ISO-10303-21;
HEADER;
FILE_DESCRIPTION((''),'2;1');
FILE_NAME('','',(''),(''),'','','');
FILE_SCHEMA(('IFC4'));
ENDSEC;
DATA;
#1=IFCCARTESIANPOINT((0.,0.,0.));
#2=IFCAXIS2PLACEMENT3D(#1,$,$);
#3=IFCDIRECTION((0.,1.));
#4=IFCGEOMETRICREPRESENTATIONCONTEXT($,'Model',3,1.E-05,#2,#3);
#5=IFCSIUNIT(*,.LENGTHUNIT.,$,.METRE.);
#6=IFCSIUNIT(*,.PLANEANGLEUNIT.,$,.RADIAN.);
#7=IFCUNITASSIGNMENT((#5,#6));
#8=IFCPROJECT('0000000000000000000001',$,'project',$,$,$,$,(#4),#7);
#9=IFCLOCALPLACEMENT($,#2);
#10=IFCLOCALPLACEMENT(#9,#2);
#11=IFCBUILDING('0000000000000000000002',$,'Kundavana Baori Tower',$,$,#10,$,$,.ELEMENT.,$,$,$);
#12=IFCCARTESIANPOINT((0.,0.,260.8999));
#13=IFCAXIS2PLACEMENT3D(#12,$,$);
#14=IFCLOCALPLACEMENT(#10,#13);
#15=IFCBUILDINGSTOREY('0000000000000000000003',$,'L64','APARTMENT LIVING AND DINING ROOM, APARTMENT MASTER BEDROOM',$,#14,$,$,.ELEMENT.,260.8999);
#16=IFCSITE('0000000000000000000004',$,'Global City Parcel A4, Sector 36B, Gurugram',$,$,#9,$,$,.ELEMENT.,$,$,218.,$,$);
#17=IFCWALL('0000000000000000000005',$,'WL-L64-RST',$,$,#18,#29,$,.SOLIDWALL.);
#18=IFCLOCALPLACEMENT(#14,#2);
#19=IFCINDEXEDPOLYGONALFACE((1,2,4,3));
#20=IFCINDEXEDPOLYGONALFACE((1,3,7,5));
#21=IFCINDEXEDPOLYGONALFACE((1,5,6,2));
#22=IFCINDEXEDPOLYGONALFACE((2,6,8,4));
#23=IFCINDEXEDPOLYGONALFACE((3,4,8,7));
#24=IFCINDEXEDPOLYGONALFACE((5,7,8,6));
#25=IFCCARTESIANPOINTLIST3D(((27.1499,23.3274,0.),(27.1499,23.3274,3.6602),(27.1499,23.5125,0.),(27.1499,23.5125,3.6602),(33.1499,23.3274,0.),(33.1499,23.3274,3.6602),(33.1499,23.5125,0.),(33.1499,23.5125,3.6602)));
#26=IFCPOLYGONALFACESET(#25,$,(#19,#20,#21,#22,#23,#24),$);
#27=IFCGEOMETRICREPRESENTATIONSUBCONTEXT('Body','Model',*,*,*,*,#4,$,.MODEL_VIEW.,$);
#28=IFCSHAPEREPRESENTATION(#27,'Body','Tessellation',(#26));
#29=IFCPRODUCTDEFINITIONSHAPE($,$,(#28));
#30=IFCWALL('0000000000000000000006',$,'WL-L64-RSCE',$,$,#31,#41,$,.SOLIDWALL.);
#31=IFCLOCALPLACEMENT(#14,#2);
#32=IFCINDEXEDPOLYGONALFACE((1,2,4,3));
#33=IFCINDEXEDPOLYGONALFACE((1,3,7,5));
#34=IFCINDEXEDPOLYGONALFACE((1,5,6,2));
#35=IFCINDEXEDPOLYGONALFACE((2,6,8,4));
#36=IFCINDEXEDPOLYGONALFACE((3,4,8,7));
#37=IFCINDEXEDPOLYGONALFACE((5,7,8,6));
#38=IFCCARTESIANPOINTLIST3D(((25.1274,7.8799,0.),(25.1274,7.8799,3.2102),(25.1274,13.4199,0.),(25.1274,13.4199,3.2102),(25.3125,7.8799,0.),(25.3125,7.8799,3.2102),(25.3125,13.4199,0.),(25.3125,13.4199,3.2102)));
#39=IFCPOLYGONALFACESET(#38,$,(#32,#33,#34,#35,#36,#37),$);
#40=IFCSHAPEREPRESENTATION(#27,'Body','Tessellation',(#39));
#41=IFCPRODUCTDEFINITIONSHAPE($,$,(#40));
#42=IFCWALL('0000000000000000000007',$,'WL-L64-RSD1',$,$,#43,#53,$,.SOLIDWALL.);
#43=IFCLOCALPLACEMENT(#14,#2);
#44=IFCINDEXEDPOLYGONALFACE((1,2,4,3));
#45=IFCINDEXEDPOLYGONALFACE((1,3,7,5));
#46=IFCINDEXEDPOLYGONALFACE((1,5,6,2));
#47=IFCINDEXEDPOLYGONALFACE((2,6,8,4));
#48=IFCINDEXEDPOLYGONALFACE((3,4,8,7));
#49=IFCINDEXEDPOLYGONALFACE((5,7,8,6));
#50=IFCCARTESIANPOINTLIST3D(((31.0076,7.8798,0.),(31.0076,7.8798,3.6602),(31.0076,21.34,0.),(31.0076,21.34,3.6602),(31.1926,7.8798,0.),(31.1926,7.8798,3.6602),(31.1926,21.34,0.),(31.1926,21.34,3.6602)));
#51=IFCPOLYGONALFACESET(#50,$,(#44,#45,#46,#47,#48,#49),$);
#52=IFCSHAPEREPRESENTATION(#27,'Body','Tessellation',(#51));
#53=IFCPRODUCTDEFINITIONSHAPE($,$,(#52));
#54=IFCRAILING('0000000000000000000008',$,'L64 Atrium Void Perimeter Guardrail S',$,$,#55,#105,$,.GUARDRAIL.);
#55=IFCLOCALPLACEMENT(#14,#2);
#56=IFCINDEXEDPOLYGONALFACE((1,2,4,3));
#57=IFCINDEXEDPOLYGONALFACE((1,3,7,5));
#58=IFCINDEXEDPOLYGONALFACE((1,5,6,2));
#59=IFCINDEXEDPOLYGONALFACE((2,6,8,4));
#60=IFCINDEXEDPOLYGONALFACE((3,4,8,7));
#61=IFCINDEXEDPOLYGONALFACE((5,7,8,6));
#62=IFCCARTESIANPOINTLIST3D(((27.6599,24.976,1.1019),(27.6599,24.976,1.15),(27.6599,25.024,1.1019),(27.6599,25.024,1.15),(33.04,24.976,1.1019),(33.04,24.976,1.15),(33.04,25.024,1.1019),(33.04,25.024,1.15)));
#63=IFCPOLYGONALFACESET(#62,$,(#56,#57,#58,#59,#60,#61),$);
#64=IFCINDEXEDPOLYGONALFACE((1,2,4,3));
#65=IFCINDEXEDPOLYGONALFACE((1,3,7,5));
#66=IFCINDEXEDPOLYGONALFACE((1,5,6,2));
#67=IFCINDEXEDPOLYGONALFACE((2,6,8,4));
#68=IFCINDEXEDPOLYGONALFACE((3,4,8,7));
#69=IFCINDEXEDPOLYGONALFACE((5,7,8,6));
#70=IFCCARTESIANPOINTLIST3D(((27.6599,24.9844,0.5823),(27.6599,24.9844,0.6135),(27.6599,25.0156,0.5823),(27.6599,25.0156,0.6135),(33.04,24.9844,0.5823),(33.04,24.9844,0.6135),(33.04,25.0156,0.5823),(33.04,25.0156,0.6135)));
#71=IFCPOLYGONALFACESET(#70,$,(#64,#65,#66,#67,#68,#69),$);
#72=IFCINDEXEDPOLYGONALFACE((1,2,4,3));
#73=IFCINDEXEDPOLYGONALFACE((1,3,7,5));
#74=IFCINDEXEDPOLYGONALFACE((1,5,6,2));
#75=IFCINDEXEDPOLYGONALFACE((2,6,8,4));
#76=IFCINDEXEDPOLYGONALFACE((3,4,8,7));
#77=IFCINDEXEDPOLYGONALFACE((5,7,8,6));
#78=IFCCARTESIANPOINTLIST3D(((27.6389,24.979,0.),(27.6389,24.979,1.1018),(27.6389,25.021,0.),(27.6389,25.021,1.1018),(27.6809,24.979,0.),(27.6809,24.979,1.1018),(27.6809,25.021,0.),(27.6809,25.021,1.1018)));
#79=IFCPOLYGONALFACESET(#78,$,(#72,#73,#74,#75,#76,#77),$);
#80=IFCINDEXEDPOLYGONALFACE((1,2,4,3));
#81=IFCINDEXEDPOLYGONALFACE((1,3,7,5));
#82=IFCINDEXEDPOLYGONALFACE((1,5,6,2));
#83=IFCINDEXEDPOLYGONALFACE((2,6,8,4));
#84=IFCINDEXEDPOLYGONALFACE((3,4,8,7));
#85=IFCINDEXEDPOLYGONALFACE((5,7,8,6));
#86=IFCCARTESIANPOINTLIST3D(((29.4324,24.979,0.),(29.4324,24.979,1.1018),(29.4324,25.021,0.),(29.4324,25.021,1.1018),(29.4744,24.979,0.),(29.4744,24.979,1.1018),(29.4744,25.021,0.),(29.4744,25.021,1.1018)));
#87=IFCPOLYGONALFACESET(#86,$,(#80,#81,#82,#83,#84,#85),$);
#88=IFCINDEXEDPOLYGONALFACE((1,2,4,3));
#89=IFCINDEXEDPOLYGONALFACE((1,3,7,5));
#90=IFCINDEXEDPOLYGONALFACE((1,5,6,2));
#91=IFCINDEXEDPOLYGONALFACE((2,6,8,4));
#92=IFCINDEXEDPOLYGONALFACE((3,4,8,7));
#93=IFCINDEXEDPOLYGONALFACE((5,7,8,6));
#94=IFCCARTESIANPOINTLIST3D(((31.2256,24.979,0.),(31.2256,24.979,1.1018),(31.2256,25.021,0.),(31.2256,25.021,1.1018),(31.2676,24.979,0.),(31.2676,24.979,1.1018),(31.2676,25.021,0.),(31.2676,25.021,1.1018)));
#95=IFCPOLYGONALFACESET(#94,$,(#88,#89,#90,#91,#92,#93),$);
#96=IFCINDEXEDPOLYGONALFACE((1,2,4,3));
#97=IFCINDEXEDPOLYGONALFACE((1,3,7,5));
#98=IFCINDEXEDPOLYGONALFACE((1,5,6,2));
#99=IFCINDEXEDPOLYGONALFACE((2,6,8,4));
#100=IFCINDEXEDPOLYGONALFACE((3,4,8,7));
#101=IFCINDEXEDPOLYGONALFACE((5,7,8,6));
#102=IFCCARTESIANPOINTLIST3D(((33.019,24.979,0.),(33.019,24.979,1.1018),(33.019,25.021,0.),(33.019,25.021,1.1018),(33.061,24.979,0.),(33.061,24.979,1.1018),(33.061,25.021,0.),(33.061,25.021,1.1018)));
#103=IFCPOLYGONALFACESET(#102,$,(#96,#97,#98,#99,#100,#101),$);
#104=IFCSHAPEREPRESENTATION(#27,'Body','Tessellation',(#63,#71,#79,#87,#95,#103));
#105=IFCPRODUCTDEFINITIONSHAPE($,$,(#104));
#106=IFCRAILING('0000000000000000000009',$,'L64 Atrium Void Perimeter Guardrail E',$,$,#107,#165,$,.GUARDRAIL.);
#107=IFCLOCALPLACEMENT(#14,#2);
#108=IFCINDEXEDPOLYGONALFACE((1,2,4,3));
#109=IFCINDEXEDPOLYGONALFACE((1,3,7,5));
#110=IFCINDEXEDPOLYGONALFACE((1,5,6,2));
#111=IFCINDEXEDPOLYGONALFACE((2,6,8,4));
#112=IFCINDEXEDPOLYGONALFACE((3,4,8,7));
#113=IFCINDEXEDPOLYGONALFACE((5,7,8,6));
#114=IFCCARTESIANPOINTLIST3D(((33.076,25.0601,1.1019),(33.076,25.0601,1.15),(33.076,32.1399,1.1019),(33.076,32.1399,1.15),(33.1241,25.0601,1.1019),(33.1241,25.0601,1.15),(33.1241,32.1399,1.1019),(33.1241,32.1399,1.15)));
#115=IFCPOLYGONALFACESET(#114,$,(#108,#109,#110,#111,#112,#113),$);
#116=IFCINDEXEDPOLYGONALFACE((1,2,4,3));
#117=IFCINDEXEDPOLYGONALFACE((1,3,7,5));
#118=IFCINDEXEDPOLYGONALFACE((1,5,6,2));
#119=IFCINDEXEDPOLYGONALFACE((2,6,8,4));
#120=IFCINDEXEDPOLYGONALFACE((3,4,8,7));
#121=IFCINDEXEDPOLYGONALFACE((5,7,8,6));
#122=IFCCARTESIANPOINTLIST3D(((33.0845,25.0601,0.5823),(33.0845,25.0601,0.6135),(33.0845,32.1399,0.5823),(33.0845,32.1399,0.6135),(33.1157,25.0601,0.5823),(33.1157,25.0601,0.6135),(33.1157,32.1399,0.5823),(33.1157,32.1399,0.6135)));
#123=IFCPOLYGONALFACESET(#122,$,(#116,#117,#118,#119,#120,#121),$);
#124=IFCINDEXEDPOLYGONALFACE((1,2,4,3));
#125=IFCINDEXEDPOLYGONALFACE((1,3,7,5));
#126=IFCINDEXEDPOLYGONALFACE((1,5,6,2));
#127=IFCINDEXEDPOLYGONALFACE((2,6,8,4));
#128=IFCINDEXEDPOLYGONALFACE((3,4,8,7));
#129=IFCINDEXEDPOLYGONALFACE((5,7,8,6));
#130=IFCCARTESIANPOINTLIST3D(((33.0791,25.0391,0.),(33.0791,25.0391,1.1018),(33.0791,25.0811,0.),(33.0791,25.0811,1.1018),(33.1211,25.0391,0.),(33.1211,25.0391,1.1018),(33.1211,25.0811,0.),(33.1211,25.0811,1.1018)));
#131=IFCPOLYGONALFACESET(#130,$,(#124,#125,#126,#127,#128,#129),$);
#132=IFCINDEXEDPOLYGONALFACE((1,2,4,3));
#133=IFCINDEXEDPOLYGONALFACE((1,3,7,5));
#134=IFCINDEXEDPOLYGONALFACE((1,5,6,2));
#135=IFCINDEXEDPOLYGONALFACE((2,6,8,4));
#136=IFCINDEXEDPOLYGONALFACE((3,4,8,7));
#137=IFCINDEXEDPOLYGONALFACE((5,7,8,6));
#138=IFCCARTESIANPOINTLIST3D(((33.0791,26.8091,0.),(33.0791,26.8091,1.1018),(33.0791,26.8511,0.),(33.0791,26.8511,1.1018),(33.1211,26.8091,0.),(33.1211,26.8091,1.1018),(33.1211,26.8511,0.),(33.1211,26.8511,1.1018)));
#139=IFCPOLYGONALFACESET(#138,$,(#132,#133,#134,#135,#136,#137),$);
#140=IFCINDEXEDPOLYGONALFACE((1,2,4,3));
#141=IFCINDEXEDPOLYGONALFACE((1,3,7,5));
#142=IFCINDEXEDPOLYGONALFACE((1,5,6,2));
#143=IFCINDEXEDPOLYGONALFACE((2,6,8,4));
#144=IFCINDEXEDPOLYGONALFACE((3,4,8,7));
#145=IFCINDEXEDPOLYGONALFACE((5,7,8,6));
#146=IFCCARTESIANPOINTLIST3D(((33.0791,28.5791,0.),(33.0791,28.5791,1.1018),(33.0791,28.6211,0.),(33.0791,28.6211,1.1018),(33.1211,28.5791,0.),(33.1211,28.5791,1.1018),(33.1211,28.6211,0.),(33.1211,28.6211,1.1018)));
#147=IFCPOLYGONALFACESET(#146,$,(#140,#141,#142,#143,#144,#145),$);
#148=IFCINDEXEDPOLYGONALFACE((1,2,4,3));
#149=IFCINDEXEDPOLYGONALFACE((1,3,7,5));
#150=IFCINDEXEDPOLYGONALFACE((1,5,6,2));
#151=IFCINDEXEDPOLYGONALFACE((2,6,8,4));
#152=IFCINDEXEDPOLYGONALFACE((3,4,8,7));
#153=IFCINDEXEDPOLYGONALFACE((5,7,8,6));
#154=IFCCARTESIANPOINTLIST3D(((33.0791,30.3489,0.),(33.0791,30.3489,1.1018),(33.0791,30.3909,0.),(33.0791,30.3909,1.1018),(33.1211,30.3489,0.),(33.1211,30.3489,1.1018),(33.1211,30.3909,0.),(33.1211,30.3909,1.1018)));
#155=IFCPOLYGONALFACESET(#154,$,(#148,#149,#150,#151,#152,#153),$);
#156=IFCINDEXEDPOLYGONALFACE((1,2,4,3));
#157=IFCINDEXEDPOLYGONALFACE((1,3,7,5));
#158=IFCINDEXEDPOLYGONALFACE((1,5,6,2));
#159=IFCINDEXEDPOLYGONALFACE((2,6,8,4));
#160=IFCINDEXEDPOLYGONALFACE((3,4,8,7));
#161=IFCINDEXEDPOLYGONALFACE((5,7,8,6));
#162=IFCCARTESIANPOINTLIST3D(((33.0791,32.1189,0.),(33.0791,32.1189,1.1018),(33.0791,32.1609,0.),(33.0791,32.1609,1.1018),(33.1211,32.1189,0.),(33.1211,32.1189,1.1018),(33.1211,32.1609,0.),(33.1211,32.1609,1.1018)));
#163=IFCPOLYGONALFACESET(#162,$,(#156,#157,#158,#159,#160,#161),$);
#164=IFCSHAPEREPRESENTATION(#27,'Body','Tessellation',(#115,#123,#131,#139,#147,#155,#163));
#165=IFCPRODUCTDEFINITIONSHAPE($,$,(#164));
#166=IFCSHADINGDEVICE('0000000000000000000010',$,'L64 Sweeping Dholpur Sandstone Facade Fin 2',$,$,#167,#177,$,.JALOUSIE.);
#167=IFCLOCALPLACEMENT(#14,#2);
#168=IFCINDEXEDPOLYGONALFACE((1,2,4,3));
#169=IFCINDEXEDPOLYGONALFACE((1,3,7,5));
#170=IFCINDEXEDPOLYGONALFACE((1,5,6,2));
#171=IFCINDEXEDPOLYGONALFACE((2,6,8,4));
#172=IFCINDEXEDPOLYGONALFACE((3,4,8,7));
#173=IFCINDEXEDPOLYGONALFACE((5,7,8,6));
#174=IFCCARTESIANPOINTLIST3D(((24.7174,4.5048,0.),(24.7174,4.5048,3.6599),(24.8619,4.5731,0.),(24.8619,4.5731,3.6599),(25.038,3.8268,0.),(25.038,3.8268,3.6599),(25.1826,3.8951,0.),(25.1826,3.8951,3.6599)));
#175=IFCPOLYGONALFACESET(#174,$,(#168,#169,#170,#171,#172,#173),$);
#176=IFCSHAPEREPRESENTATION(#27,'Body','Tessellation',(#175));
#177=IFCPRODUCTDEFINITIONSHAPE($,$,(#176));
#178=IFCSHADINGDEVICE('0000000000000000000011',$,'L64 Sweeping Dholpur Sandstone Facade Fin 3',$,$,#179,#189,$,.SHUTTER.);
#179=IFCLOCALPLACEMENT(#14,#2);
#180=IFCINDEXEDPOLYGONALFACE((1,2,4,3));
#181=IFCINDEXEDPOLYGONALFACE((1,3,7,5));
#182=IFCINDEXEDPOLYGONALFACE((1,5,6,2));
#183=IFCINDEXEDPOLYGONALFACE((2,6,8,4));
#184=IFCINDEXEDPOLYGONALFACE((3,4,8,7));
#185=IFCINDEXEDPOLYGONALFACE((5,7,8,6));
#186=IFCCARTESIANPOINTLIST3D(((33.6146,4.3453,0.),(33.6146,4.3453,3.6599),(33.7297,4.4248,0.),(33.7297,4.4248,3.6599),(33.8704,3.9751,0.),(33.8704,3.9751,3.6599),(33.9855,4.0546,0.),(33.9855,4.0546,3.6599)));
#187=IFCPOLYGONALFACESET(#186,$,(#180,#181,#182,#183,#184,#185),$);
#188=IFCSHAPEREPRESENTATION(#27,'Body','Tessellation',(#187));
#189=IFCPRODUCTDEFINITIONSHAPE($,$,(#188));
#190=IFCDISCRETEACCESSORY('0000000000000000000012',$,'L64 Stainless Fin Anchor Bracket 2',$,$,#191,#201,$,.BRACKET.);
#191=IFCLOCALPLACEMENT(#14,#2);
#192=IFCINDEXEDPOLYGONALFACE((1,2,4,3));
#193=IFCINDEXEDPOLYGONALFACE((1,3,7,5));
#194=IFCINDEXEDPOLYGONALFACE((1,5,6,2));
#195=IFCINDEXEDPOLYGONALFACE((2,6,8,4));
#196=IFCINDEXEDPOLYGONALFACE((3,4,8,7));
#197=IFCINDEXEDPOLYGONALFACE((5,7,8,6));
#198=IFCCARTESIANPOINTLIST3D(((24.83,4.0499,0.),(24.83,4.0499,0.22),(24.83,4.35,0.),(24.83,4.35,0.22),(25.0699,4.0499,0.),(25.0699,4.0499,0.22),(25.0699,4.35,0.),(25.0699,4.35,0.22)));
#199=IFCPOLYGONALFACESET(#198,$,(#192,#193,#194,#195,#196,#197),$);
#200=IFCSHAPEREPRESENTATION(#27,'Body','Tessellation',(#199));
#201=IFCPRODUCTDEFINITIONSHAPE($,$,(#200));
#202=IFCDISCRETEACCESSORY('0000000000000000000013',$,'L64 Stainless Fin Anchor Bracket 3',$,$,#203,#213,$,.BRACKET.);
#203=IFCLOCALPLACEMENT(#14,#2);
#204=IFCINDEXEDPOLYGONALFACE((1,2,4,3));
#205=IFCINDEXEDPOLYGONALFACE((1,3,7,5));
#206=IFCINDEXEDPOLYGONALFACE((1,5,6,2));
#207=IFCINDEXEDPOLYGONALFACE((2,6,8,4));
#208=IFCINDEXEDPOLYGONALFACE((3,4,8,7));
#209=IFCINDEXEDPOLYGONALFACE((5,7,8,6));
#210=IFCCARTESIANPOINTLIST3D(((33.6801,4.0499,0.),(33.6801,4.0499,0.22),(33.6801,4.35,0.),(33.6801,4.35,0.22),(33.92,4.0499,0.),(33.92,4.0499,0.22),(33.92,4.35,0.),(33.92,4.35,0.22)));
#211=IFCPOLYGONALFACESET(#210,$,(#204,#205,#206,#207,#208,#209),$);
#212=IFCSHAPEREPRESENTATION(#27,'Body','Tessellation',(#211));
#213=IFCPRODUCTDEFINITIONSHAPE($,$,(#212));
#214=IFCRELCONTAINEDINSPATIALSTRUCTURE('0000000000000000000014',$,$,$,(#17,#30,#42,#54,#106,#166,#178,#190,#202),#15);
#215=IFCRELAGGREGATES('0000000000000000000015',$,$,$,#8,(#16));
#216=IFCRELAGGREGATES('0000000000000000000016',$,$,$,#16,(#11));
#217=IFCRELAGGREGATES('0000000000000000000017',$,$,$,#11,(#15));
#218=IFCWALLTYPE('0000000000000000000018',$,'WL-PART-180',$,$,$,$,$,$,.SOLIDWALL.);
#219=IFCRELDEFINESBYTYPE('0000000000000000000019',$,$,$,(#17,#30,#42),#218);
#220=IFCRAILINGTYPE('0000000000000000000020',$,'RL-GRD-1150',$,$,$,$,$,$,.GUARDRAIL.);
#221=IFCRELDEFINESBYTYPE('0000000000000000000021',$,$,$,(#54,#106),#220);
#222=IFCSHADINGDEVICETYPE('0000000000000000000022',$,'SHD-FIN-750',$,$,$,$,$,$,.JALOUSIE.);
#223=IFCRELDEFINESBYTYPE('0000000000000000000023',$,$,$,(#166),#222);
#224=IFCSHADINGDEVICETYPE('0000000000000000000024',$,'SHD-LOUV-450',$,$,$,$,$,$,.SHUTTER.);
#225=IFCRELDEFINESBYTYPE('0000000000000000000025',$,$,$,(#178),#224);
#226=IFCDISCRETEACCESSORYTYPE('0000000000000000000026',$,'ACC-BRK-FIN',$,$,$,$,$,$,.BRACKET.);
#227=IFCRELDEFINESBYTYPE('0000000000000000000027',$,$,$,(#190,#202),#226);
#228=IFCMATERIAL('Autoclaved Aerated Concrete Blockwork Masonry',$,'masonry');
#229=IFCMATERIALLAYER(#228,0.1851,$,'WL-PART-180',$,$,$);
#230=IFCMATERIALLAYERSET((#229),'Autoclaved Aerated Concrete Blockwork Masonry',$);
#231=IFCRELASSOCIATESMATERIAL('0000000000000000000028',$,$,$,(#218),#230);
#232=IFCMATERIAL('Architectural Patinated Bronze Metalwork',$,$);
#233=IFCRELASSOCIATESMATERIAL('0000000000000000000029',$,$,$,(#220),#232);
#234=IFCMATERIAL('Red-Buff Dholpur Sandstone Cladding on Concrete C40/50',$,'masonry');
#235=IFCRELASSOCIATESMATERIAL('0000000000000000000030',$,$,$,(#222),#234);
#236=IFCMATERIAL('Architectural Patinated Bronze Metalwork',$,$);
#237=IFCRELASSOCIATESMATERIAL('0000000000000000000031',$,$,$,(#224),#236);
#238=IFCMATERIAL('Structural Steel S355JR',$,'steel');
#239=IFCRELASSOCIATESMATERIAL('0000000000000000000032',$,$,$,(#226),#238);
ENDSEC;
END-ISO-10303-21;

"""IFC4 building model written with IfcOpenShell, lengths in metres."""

from ifc_helpers import new_model, si_unit, direction, frame, frame_2d, origin, origin_2d, place, context, subcontext, project, spatial, rectangle, extrude, material, layer, layer_set, type_object, element, save


model = new_model("IFC4")

# Units and contexts
model_context = context("Model", 3, precision=1e-05, world=origin(), true_north=direction((0.0, 1.0)))
body_context = subcontext(model_context, "Body", "Model", "MODEL_VIEW")
ifc_project = project(units=[si_unit("LENGTHUNIT", "METRE"), si_unit("PLANEANGLEUNIT", "RADIAN")], contexts=[model_context])

# Site, building, storey
site_placement = place(None, origin())
site = spatial("IfcSite", under=ifc_project, at=site_placement, Name="Global City Parcel A4, Sector 36B, Gurugram", CompositionType="ELEMENT", RefElevation=218.0)
building_placement = place(site_placement, origin())
building = spatial("IfcBuilding", under=site, at=building_placement, Name="Kundavana Baori Tower", CompositionType="ELEMENT")
storey_placement = place(building_placement, frame((0.0, 0.0, 260.8999)))
storey = spatial("IfcBuildingStorey", under=building, at=storey_placement, Name="L64", Description="APARTMENT LIVING AND DINING ROOM, APARTMENT MASTER BEDROOM", CompositionType="ELEMENT", Elevation=260.8999)

# Shared definitions
ifc_material_1 = material(Name="Autoclaved Aerated Concrete Blockwork Masonry", Category="masonry")
ifc_layer = layer(ifc_material_1, 0.1851, Name="WL-PART-180")
ifc_layer_set = layer_set([ifc_layer], Name="Autoclaved Aerated Concrete Blockwork Masonry")
wall_type = type_object("IfcWallType", Name="WL-PART-180", PredefinedType="SOLIDWALL", material=ifc_layer_set)

# Walls
wall_1_placement = place(storey_placement, frame((27.1499, 23.4199, 0.0), z_axis=(0.0, 0.0, 1.0), x_axis=(1.0, 0.0, 0.0)))
element("IfcWall", 1, at=wall_1_placement, inside=storey, type_object=wall_type, Name="WL-L64-RST", PredefinedType="SOLIDWALL", context=body_context, shape_type="SweptSolid", body=[
    extrude(rectangle(XDim=6.0, YDim=0.1851, at=frame_2d((3.0, 0.0))), origin(), (0.0, 0.0, 1.0), 3.6602),
])
wall_2_placement = place(storey_placement, frame((25.22, 7.8799, 0.0), z_axis=(0.0, 0.0, 1.0), x_axis=(0.0, 1.0, 0.0)))
element("IfcWall", 2, at=wall_2_placement, inside=storey, type_object=wall_type, Name="WL-L64-RSCE", PredefinedType="SOLIDWALL", context=body_context, shape_type="SweptSolid", body=[
    extrude(rectangle(XDim=5.54, YDim=0.1851, at=frame_2d((2.77, 0.0))), origin(), (0.0, 0.0, 1.0), 3.2102),
])
wall_3_placement = place(storey_placement, frame((31.1001, 7.8799, 0.0), z_axis=(0.0, 0.0, 1.0), x_axis=(0.0, 1.0, 0.0)))
element("IfcWall", 3, at=wall_3_placement, inside=storey, type_object=wall_type, Name="WL-L64-RSD1", PredefinedType="SOLIDWALL", context=body_context, shape_type="SweptSolid", body=[
    extrude(rectangle(XDim=13.4602, YDim=0.1851, at=frame_2d((6.73, 0.0))), origin(), (0.0, 0.0, 1.0), 3.6602),
])

# Railings
ifc_material_2 = material(Name="Architectural Patinated Bronze Metalwork")
railing_type = type_object("IfcRailingType", Name="RL-GRD-1150", PredefinedType="GUARDRAIL", material=ifc_material_2)
railing_1_placement = place(storey_placement, frame((27.6599, 25.0, 0.0)))
element("IfcRailing", 4, at=railing_1_placement, inside=storey, type_object=railing_type, Name="L64 Atrium Void Perimeter Guardrail S", PredefinedType="GUARDRAIL", context=body_context, shape_type="SweptSolid", body=[
    extrude(rectangle(XDim=0.0481, YDim=0.0481, at=origin_2d()), frame((0.0, 0.0, 1.126), z_axis=(1.0, 0.0, 0.0), x_axis=(0.0, 1.0, 0.0)), (0.0, 0.0, 1.0), 5.3801),
    extrude(rectangle(XDim=0.0312, YDim=0.0312, at=origin_2d()), frame((0.0, 0.0, 0.5979), z_axis=(1.0, 0.0, 0.0), x_axis=(0.0, 1.0, 0.0)), (0.0, 0.0, 1.0), 5.3801),
    extrude(rectangle(XDim=0.042, YDim=0.042, at=origin_2d()), origin(), (0.0, 0.0, 1.0), 1.1018),
    extrude(rectangle(XDim=0.042, YDim=0.042, at=origin_2d()), frame((1.7935, 0.0, 0.0)), (0.0, 0.0, 1.0), 1.1018),
    extrude(rectangle(XDim=0.042, YDim=0.042, at=origin_2d()), frame((3.5867, 0.0, 0.0)), (0.0, 0.0, 1.0), 1.1018),
    extrude(rectangle(XDim=0.042, YDim=0.042, at=origin_2d()), frame((5.3801, 0.0, 0.0)), (0.0, 0.0, 1.0), 1.1018),
])
railing_2_placement = place(storey_placement, frame((33.1001, 25.0601, 0.0)))
element("IfcRailing", 5, at=railing_2_placement, inside=storey, type_object=railing_type, Name="L64 Atrium Void Perimeter Guardrail E", PredefinedType="GUARDRAIL", context=body_context, shape_type="SweptSolid", body=[
    extrude(rectangle(XDim=0.0481, YDim=0.0481, at=origin_2d()), frame((0.0, 0.0, 1.126), z_axis=(0.0, 1.0, 0.0), x_axis=(-1.0, 0.0, 0.0)), (0.0, 0.0, 1.0), 7.0798),
    extrude(rectangle(XDim=0.0312, YDim=0.0312, at=origin_2d()), frame((0.0, 0.0, 0.5979), z_axis=(0.0, 1.0, 0.0), x_axis=(-1.0, 0.0, 0.0)), (0.0, 0.0, 1.0), 7.0798),
    extrude(rectangle(XDim=0.042, YDim=0.042, at=origin_2d()), origin(), (0.0, 0.0, 1.0), 1.1018),
    extrude(rectangle(XDim=0.042, YDim=0.042, at=origin_2d()), frame((0.0, 1.77, 0.0)), (0.0, 0.0, 1.0), 1.1018),
    extrude(rectangle(XDim=0.042, YDim=0.042, at=origin_2d()), frame((0.0, 3.54, 0.0)), (0.0, 0.0, 1.0), 1.1018),
    extrude(rectangle(XDim=0.042, YDim=0.042, at=origin_2d()), frame((0.0, 5.3098, 0.0)), (0.0, 0.0, 1.0), 1.1018),
    extrude(rectangle(XDim=0.042, YDim=0.042, at=origin_2d()), frame((0.0, 7.0798, 0.0)), (0.0, 0.0, 1.0), 1.1018),
])

# Shading devices
ifc_material_3 = material(Name="Red-Buff Dholpur Sandstone Cladding on Concrete C40/50", Category="masonry")
shading_device_type_1 = type_object("IfcShadingDeviceType", Name="SHD-FIN-750", PredefinedType="JALOUSIE", material=ifc_material_3)
shading_device_1_placement = place(storey_placement, frame((24.95, 4.2, 0.0), z_axis=(0.0, 0.0, 1.0), x_axis=(0.904008, 0.427516, 0.0)))
element("IfcShadingDevice", 6, at=shading_device_1_placement, inside=storey, type_object=shading_device_type_1, Name="L64 Sweeping Dholpur Sandstone Facade Fin 2", PredefinedType="JALOUSIE", context=body_context, shape_type="SweptSolid", body=[
    extrude(rectangle(XDim=0.1599, YDim=0.75, at=origin_2d()), origin(), (0.0, 0.0, 1.0), 3.6599),
])
ifc_material_4 = material(Name="Architectural Patinated Bronze Metalwork")
shading_device_type_2 = type_object("IfcShadingDeviceType", Name="SHD-LOUV-450", PredefinedType="SHUTTER", material=ifc_material_4)
shading_device_2_placement = place(storey_placement, frame((33.8, 4.2, 0.0), z_axis=(0.0, 0.0, 1.0), x_axis=(0.82274, 0.568418, 0.0)))
element("IfcShadingDevice", 7, at=shading_device_2_placement, inside=storey, type_object=shading_device_type_2, Name="L64 Sweeping Dholpur Sandstone Facade Fin 3", PredefinedType="SHUTTER", context=body_context, shape_type="SweptSolid", body=[
    extrude(rectangle(XDim=0.1399, YDim=0.45, at=origin_2d()), origin(), (0.0, 0.0, 1.0), 3.6599),
])

# Discrete accessories
ifc_material_5 = material(Name="Structural Steel S355JR", Category="steel")
discrete_accessory_type = type_object("IfcDiscreteAccessoryType", Name="ACC-BRK-FIN", PredefinedType="BRACKET", material=ifc_material_5)
for number, where, z_axis, x_axis, name in (
    (8, (24.95, 4.2, 0.0), (0.0, 0.0, 1.0), (1.0, 0.0, 0.0), "L64 Stainless Fin Anchor Bracket 2"),
    (9, (33.8, 4.2, 0.0), (0.0, 0.0, 1.0), (1.0, 0.0, 0.0), "L64 Stainless Fin Anchor Bracket 3"),
):
    element("IfcDiscreteAccessory", number, at=place(storey_placement, frame(where, z_axis=z_axis, x_axis=x_axis)), inside=storey, type_object=discrete_accessory_type, Name=name, PredefinedType="BRACKET", context=body_context, shape_type="SweptSolid", body=[
        extrude(rectangle(XDim=0.24, YDim=0.3, at=origin_2d()), origin(), (0.0, 0.0, 1.0), 0.22),
    ])

save(model, "model.ifc")
